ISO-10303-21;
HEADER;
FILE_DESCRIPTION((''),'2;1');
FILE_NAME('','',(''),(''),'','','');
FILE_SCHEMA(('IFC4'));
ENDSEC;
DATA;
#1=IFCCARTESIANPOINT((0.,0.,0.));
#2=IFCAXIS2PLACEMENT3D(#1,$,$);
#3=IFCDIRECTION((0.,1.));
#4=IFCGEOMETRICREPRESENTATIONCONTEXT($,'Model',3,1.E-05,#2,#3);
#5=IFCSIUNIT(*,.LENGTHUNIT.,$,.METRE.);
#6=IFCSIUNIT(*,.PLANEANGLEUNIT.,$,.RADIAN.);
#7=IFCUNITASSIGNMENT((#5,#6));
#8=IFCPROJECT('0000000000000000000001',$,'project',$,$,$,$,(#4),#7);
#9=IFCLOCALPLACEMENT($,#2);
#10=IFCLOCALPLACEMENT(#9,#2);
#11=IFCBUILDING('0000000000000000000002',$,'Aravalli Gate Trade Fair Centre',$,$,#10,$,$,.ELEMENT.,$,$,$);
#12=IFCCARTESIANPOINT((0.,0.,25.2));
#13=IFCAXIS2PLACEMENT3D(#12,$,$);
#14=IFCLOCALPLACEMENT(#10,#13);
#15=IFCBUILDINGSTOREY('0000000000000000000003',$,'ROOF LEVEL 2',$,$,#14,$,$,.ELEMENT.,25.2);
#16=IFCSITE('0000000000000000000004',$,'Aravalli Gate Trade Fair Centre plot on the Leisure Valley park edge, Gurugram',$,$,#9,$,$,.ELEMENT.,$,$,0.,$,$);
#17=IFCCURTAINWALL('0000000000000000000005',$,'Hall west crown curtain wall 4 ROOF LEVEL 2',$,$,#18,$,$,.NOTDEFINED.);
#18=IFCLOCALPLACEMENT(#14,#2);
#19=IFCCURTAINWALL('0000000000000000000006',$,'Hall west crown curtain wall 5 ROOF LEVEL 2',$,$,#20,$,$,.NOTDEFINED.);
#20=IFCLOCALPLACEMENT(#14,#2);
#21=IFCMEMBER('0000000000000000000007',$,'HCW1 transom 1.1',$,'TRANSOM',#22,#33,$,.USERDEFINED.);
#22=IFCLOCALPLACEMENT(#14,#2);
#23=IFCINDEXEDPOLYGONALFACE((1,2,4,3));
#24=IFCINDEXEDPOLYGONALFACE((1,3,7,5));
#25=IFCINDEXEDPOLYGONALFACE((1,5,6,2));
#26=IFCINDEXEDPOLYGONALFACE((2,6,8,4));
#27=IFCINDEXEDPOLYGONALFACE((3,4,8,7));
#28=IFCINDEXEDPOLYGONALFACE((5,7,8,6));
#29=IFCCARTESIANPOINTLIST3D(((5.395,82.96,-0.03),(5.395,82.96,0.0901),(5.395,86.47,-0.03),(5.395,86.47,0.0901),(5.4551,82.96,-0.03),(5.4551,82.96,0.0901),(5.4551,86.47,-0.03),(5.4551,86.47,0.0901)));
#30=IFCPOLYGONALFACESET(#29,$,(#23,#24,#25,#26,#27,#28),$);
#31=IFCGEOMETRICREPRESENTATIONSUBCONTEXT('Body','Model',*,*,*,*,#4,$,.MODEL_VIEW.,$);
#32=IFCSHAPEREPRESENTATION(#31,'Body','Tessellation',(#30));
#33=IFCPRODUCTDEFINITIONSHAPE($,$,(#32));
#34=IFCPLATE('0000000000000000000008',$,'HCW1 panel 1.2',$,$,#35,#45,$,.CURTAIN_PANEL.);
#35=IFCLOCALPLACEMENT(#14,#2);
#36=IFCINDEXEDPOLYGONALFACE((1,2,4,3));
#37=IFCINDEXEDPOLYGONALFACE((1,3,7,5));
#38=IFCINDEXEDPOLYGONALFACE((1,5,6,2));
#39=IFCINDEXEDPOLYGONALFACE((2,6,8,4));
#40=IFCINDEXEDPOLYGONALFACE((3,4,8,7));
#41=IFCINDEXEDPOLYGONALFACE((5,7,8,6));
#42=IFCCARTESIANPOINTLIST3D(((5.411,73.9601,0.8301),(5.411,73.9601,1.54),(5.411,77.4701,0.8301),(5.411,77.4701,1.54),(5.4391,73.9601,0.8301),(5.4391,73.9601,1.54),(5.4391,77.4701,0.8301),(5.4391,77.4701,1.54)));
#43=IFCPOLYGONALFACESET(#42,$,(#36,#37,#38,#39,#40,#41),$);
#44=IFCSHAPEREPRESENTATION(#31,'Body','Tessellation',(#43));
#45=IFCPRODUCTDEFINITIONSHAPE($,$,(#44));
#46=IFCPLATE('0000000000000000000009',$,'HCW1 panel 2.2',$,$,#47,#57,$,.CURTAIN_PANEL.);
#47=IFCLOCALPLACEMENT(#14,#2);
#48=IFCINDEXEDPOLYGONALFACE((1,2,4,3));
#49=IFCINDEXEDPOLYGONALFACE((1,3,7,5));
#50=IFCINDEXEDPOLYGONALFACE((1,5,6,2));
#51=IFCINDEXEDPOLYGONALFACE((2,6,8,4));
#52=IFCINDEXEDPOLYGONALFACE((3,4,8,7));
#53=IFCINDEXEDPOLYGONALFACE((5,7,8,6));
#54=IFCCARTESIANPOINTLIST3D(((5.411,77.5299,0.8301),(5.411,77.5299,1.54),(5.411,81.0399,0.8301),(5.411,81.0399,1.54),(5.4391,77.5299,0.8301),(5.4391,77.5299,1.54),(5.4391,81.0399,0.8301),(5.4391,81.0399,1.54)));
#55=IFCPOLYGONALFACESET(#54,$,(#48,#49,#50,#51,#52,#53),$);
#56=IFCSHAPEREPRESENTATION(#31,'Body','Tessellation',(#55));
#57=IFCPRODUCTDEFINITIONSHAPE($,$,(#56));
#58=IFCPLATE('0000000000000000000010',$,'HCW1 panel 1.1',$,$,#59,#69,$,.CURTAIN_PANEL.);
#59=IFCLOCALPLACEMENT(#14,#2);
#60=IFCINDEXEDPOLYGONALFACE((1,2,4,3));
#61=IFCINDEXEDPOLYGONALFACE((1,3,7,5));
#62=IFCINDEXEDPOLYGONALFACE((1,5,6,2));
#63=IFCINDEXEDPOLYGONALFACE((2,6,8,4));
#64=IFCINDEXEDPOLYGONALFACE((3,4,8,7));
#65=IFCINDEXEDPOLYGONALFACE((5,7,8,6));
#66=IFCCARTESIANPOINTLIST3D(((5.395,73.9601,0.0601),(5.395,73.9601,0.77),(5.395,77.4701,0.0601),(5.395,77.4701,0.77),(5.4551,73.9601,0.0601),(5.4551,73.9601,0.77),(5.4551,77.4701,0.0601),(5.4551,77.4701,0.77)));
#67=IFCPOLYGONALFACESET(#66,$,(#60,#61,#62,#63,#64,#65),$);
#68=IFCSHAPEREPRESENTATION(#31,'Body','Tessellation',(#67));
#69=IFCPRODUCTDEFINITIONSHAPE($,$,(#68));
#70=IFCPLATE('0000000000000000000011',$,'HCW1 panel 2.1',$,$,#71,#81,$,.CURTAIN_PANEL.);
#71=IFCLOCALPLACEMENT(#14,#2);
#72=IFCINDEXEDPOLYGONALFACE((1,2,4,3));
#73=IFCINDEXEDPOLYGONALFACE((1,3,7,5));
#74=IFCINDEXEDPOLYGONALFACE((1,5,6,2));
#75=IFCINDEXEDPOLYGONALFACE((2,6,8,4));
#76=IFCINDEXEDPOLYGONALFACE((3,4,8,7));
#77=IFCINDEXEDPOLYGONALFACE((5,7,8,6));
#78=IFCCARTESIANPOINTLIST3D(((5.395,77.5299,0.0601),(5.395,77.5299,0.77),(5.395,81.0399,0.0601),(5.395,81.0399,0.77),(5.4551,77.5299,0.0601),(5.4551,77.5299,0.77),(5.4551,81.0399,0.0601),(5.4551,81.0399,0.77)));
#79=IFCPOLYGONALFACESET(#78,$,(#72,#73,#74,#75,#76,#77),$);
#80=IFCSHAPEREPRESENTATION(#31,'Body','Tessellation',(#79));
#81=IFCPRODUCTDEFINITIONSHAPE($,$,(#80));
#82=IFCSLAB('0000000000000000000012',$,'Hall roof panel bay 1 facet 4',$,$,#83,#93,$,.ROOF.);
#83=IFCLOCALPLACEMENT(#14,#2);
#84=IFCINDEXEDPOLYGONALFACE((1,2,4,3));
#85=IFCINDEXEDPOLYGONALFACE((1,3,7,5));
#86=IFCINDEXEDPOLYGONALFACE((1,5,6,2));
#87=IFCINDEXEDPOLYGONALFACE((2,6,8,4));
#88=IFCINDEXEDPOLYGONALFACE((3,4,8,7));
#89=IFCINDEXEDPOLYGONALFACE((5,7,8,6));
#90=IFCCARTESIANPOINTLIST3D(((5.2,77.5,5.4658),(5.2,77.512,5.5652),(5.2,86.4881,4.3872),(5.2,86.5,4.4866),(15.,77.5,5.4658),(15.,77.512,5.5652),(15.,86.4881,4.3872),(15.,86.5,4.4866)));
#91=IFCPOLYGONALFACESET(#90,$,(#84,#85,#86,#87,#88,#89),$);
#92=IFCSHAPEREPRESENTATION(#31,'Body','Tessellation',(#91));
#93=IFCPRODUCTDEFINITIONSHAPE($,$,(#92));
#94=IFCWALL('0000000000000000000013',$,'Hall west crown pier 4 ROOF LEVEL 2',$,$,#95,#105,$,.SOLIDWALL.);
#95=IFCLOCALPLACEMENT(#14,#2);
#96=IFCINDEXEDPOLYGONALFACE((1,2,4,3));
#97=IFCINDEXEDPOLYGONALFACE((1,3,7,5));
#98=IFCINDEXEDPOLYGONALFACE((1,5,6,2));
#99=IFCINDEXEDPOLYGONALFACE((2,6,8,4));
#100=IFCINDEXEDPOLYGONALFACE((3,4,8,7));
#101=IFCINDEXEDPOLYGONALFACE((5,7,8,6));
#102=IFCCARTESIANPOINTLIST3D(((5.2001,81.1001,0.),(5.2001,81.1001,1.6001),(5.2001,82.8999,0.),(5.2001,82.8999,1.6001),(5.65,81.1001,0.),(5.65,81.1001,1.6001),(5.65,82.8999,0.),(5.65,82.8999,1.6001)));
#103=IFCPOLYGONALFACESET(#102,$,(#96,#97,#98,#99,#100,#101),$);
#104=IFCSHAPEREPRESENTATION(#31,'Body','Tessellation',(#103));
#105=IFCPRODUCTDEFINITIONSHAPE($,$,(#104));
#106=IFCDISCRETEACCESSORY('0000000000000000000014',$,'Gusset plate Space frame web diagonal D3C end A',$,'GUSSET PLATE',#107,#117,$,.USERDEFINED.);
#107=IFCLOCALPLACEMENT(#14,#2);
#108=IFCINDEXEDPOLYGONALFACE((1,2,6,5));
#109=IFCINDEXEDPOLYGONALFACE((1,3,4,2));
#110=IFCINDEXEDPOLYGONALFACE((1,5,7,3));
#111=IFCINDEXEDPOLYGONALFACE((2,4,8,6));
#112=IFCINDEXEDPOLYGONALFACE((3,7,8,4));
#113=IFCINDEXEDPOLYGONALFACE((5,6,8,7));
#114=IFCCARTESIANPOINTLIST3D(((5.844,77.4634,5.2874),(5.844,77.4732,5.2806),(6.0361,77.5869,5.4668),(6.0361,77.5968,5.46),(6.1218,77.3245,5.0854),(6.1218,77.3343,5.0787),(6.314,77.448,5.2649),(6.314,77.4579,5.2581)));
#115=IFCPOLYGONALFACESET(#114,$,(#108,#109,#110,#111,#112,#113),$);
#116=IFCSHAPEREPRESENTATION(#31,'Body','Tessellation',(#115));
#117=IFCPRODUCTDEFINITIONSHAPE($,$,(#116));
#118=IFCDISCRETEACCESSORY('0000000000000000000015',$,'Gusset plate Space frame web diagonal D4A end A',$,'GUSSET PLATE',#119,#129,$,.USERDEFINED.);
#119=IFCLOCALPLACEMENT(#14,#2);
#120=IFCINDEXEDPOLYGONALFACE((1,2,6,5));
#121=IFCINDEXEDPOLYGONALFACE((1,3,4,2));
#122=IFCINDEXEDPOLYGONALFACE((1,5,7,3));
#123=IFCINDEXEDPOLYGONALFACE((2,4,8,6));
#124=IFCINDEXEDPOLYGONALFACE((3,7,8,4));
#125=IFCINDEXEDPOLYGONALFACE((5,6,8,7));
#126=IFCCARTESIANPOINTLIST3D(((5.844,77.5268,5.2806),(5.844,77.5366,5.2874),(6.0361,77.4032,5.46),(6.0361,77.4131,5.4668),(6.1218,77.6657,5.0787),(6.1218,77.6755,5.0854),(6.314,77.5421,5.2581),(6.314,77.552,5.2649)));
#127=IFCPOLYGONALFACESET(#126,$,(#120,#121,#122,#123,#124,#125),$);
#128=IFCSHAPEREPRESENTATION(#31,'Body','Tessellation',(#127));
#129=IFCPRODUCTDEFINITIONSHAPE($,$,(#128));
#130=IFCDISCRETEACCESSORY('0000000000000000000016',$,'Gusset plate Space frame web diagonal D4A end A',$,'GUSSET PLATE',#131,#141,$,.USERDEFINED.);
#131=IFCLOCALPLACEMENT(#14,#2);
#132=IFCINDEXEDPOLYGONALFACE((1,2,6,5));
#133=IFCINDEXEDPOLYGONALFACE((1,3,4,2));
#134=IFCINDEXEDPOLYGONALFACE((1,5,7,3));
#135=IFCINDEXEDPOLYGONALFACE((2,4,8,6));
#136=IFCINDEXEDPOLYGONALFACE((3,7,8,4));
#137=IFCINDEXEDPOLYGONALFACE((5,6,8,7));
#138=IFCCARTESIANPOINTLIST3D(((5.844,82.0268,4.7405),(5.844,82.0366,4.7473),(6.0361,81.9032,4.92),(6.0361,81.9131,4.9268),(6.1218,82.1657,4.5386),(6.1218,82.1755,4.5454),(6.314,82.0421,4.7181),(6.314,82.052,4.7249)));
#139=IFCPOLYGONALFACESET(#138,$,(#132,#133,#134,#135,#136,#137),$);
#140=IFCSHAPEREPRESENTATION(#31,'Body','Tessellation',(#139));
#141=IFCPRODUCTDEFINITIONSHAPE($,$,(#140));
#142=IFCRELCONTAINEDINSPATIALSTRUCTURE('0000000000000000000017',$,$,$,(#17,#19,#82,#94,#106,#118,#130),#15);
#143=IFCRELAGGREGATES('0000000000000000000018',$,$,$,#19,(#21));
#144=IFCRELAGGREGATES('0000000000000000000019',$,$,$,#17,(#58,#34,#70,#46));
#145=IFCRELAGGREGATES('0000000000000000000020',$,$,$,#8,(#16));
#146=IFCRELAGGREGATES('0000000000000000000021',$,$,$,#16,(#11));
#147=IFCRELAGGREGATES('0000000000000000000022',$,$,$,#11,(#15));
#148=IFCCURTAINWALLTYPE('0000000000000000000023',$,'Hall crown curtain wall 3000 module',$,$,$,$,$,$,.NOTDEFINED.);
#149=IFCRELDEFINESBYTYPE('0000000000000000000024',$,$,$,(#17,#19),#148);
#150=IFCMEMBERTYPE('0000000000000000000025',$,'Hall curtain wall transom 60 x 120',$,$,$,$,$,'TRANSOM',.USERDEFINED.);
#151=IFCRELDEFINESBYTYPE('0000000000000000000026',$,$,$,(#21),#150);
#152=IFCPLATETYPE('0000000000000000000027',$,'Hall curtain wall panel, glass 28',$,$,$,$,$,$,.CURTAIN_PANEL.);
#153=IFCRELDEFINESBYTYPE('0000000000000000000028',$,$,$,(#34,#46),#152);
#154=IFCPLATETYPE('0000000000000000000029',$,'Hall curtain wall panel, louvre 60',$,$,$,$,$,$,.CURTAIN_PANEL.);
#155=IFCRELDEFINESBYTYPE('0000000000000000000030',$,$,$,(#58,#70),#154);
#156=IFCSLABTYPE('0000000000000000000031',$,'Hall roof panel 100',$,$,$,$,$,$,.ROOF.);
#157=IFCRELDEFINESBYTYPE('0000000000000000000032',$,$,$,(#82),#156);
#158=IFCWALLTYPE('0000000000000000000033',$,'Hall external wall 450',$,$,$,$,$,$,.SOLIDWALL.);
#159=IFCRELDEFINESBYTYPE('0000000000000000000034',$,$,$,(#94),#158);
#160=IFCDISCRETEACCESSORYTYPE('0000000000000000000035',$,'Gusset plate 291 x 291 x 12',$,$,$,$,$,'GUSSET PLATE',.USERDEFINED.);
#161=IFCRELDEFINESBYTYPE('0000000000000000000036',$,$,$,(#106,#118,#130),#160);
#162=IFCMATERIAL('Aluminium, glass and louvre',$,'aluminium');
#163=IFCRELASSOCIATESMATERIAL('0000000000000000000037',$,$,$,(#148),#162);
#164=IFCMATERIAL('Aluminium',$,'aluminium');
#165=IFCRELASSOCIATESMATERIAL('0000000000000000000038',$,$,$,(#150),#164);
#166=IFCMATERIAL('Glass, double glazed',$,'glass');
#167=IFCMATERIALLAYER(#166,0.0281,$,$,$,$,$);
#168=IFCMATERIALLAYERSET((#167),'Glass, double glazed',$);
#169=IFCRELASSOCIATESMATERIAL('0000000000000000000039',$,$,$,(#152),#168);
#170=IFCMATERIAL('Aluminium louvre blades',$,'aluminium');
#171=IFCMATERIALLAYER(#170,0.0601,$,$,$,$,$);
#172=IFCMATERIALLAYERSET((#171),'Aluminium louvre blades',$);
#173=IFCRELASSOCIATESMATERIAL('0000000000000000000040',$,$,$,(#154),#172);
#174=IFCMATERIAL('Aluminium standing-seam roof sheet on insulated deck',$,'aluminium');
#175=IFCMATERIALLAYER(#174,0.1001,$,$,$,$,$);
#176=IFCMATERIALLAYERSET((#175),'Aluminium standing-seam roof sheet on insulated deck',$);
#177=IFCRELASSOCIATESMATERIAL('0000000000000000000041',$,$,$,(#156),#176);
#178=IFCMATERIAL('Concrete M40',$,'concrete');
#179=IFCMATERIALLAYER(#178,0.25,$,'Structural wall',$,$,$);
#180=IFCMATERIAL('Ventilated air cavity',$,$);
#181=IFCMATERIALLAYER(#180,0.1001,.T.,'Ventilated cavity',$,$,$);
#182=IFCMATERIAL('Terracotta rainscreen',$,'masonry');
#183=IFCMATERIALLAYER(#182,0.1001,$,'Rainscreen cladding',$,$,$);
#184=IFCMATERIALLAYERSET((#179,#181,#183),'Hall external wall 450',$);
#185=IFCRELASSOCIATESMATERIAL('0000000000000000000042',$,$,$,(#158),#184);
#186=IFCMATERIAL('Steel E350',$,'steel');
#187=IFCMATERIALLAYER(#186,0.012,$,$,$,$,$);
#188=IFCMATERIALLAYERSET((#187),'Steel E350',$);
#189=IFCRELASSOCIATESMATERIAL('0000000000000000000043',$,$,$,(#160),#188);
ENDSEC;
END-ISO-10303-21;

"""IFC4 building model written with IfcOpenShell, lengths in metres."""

from ifc_helpers import new_model, si_unit, direction, frame, frame_2d, origin, origin_2d, place, context, subcontext, project, spatial, polyline, rectangle, outline, extrude, material, layer, layer_set, material_profile, profile_set, type_object, element, aggregate, save


model = new_model("IFC4")

# Units and contexts
model_context = context("Model", 3, precision=1e-05, world=origin(), true_north=direction((0.0, 1.0)))
body_context = subcontext(model_context, "Body", "Model", "MODEL_VIEW")
ifc_project = project(units=[si_unit("LENGTHUNIT", "METRE"), si_unit("PLANEANGLEUNIT", "RADIAN")], contexts=[model_context])

# Site, building, storey
site_placement = place(None, origin())
site = spatial("IfcSite", under=ifc_project, at=site_placement, Name="Aravalli Gate Trade Fair Centre plot on the Leisure Valley park edge, Gurugram", CompositionType="ELEMENT", RefElevation=0.0)
building_placement = place(site_placement, origin())
building = spatial("IfcBuilding", under=site, at=building_placement, Name="Aravalli Gate Trade Fair Centre", CompositionType="ELEMENT")
storey_placement = place(building_placement, frame((0.0, 0.0, 25.2)))
storey = spatial("IfcBuildingStorey", under=building, at=storey_placement, Name="ROOF LEVEL 2", CompositionType="ELEMENT", Elevation=25.2)

# Shared definitions
ifc_material_1 = material(Name="Steel E350", Category="steel")

# Curtain wall
ifc_material_2 = material(Name="Aluminium, glass and louvre", Category="aluminium")
curtain_wall_type = type_object("IfcCurtainWallType", Name="Hall crown curtain wall 3000 module", PredefinedType="NOTDEFINED", material=ifc_material_2)
curtain_wall_1_placement = place(storey_placement, origin())
curtain_wall_1 = element("IfcCurtainWall", 1, at=curtain_wall_1_placement, inside=storey, type_object=curtain_wall_type, Name="Hall west crown curtain wall 4 ROOF LEVEL 2", PredefinedType="NOTDEFINED")
ifc_material_3 = material(Name="Aluminium", Category="aluminium")

# Curtain wall
curtain_wall_2_placement = place(storey_placement, origin())
curtain_wall_2 = element("IfcCurtainWall", 2, at=curtain_wall_2_placement, inside=storey, type_object=curtain_wall_type, Name="Hall west crown curtain wall 5 ROOF LEVEL 2", PredefinedType="NOTDEFINED")

# Member
ifc_material_profile_1 = material_profile(ifc_material_3, rectangle(XDim=0.0601, YDim=0.1201, at=origin_2d()), Name="Hall curtain wall transom 60 x 120")
ifc_profile_set_1 = profile_set([ifc_material_profile_1], Name="Aluminium")
member_type_1 = type_object("IfcMemberType", Name="Hall curtain wall transom 60 x 120", ElementType="TRANSOM", PredefinedType="USERDEFINED", material=ifc_profile_set_1)
member_1_placement = place(storey_placement, frame((5.425, 82.96, 0.03), z_axis=(0.0, 1.0, 0.0), x_axis=(-1.0, 0.0, 0.0)))
member_1 = element("IfcMember", 3, at=member_1_placement, type_object=member_type_1, Name="HCW1 transom 1.1", ObjectType="TRANSOM", PredefinedType="USERDEFINED", context=body_context, shape_type="SweptSolid", body=[
    extrude(rectangle(XDim=0.0601, YDim=0.1201, at=origin_2d()), origin(), (0.0, 0.0, 1.0), 3.51),
])
aggregate(curtain_wall_2, [member_1])

# Plates
ifc_material_4 = material(Name="Glass, double glazed", Category="glass")
ifc_layer_1 = layer(ifc_material_4, 0.0281)
ifc_layer_set_1 = layer_set([ifc_layer_1], Name="Glass, double glazed")
plate_type_1 = type_object("IfcPlateType", Name="Hall curtain wall panel, glass 28", PredefinedType="CURTAIN_PANEL", material=ifc_layer_set_1)
plate_1_placement = place(storey_placement, frame((5.425, 75.7151, 0.8301), z_axis=(0.0, 0.0, 1.0), x_axis=(0.0, 1.0, 0.0)))
plate_1 = element("IfcPlate", 4, at=plate_1_placement, type_object=plate_type_1, Name="HCW1 panel 1.2", PredefinedType="CURTAIN_PANEL", context=body_context, shape_type="SweptSolid", body=[
    extrude(rectangle(XDim=3.51, YDim=0.0281, at=origin_2d()), origin(), (0.0, 0.0, 1.0), 0.71),
])
plate_2_placement = place(storey_placement, frame((5.425, 79.2849, 0.8301), z_axis=(0.0, 0.0, 1.0), x_axis=(0.0, 1.0, 0.0)))
plate_2 = element("IfcPlate", 5, at=plate_2_placement, type_object=plate_type_1, Name="HCW1 panel 2.2", PredefinedType="CURTAIN_PANEL", context=body_context, shape_type="SweptSolid", body=[
    extrude(rectangle(XDim=3.51, YDim=0.0281, at=origin_2d()), origin(), (0.0, 0.0, 1.0), 0.71),
])
ifc_material_5 = material(Name="Aluminium louvre blades", Category="aluminium")
ifc_layer_2 = layer(ifc_material_5, 0.0601)
ifc_layer_set_2 = layer_set([ifc_layer_2], Name="Aluminium louvre blades")
plate_type_2 = type_object("IfcPlateType", Name="Hall curtain wall panel, louvre 60", PredefinedType="CURTAIN_PANEL", material=ifc_layer_set_2)
plate_3_placement = place(storey_placement, frame((5.425, 75.7151, 0.0601), z_axis=(0.0, 0.0, 1.0), x_axis=(0.0, 1.0, 0.0)))
plate_3 = element("IfcPlate", 6, at=plate_3_placement, type_object=plate_type_2, Name="HCW1 panel 1.1", PredefinedType="CURTAIN_PANEL", context=body_context, shape_type="SweptSolid", body=[
    extrude(rectangle(XDim=3.51, YDim=0.0601, at=origin_2d()), origin(), (0.0, 0.0, 1.0), 0.71),
])
plate_4_placement = place(storey_placement, frame((5.425, 79.2849, 0.0601), z_axis=(0.0, 0.0, 1.0), x_axis=(0.0, 1.0, 0.0)))
plate_4 = element("IfcPlate", 7, at=plate_4_placement, type_object=plate_type_2, Name="HCW1 panel 2.1", PredefinedType="CURTAIN_PANEL", context=body_context, shape_type="SweptSolid", body=[
    extrude(rectangle(XDim=3.51, YDim=0.0601, at=origin_2d()), origin(), (0.0, 0.0, 1.0), 0.71),
])
aggregate(curtain_wall_1, [plate_3, plate_1, plate_4, plate_2])

# Slab
ifc_material_6 = material(Name="Aluminium standing-seam roof sheet on insulated deck", Category="aluminium")
ifc_layer_3 = layer(ifc_material_6, 0.1001)
ifc_layer_set_3 = layer_set([ifc_layer_3], Name="Aluminium standing-seam roof sheet on insulated deck")
slab_type = type_object("IfcSlabType", Name="Hall roof panel 100", PredefinedType="ROOF", material=ifc_layer_set_3)
slab_placement = place(storey_placement, frame((5.2, 77.512, 5.5652), z_axis=(0.0, 0.119151, 0.992876), x_axis=(1.0, 0.0, 0.0)))
element("IfcSlab", 8, at=slab_placement, inside=storey, type_object=slab_type, Name="Hall roof panel bay 1 facet 4", PredefinedType="ROOF", context=body_context, shape_type="SweptSolid", body=[
    extrude(outline(polyline([(0.0, 0.0), (9.8, 0.0), (9.8, 9.0525), (0.0, 9.0525), (0.0, 0.0)])), origin(), (0.0, 0.0, -1.0), 0.1001),
])

# Wall
ifc_material_7 = material(Name="Concrete M40", Category="concrete")
ifc_layer_4 = layer(ifc_material_7, 0.25, Name="Structural wall")
ifc_material_8 = material(Name="Ventilated air cavity")
ifc_layer_5 = layer(ifc_material_8, 0.1001, ventilated=True, Name="Ventilated cavity")
ifc_material_9 = material(Name="Terracotta rainscreen", Category="masonry")
ifc_layer_6 = layer(ifc_material_9, 0.1001, Name="Rainscreen cladding")
ifc_layer_set_4 = layer_set([ifc_layer_4, ifc_layer_5, ifc_layer_6], Name="Hall external wall 450")
wall_type = type_object("IfcWallType", Name="Hall external wall 450", PredefinedType="SOLIDWALL", material=ifc_layer_set_4)
wall_placement = place(storey_placement, frame((5.425, 81.1001, 0.0), z_axis=(0.0, 0.0, 1.0), x_axis=(0.0, 1.0, 0.0)))
element("IfcWall", 9, at=wall_placement, inside=storey, type_object=wall_type, Name="Hall west crown pier 4 ROOF LEVEL 2", PredefinedType="SOLIDWALL", context=body_context, shape_type="SweptSolid", body=[
    extrude(rectangle(XDim=1.7998, YDim=0.45, at=frame_2d((0.8999, 0.0))), origin(), (0.0, 0.0, 1.0), 1.6001),
])

# Discrete accessories
ifc_layer_7 = layer(ifc_material_1, 0.012)
ifc_layer_set_5 = layer_set([ifc_layer_7], Name="Steel E350")
discrete_accessory_type = type_object("IfcDiscreteAccessoryType", Name="Gusset plate 291 x 291 x 12", ElementType="GUSSET PLATE", PredefinedType="USERDEFINED", material=ifc_layer_set_5)
discrete_accessory_placement = place(storey_placement, frame((6.1218, 77.3245, 5.0854), z_axis=(0.000137, -0.82375, 0.566952), x_axis=(-0.749929, 0.374965, 0.544984)))
element("IfcDiscreteAccessory", 10, at=discrete_accessory_placement, inside=storey, type_object=discrete_accessory_type, Name="Gusset plate Space frame web diagonal D3C end A", ObjectType="GUSSET PLATE", PredefinedType="USERDEFINED", context=body_context, shape_type="SweptSolid", body=[
    extrude(outline(polyline([(0.0, 0.0), (0.3705, 0.0), (0.3705, -0.2905), (0.0, -0.2905), (0.0, 0.0)])), origin(), (0.0, 0.0, -1.0), 0.012),
])
for number, where, z_axis, x_axis, name in (
    (11, (6.1218, 77.6755, 5.0854), (0.000137, 0.82375, 0.566952), (-0.749929, -0.374965, 0.544984), "Gusset plate Space frame web diagonal D4A end A"),
    (12, (6.1218, 82.1755, 4.5454), (0.000137, 0.82375, 0.566952), (-0.749929, -0.374965, 0.544984), "Gusset plate Space frame web diagonal D4A end A"),
):
    element("IfcDiscreteAccessory", number, at=place(storey_placement, frame(where, z_axis=z_axis, x_axis=x_axis)), inside=storey, type_object=discrete_accessory_type, Name=name, ObjectType="GUSSET PLATE", PredefinedType="USERDEFINED", context=body_context, shape_type="SweptSolid", body=[
        extrude(outline(polyline([(0.0, 0.0), (0.3705, 0.0), (0.3705, 0.2905), (0.0, 0.2905), (0.0, 0.0)])), origin(), (0.0, 0.0, -1.0), 0.012),
    ])

save(model, "model.ifc")
